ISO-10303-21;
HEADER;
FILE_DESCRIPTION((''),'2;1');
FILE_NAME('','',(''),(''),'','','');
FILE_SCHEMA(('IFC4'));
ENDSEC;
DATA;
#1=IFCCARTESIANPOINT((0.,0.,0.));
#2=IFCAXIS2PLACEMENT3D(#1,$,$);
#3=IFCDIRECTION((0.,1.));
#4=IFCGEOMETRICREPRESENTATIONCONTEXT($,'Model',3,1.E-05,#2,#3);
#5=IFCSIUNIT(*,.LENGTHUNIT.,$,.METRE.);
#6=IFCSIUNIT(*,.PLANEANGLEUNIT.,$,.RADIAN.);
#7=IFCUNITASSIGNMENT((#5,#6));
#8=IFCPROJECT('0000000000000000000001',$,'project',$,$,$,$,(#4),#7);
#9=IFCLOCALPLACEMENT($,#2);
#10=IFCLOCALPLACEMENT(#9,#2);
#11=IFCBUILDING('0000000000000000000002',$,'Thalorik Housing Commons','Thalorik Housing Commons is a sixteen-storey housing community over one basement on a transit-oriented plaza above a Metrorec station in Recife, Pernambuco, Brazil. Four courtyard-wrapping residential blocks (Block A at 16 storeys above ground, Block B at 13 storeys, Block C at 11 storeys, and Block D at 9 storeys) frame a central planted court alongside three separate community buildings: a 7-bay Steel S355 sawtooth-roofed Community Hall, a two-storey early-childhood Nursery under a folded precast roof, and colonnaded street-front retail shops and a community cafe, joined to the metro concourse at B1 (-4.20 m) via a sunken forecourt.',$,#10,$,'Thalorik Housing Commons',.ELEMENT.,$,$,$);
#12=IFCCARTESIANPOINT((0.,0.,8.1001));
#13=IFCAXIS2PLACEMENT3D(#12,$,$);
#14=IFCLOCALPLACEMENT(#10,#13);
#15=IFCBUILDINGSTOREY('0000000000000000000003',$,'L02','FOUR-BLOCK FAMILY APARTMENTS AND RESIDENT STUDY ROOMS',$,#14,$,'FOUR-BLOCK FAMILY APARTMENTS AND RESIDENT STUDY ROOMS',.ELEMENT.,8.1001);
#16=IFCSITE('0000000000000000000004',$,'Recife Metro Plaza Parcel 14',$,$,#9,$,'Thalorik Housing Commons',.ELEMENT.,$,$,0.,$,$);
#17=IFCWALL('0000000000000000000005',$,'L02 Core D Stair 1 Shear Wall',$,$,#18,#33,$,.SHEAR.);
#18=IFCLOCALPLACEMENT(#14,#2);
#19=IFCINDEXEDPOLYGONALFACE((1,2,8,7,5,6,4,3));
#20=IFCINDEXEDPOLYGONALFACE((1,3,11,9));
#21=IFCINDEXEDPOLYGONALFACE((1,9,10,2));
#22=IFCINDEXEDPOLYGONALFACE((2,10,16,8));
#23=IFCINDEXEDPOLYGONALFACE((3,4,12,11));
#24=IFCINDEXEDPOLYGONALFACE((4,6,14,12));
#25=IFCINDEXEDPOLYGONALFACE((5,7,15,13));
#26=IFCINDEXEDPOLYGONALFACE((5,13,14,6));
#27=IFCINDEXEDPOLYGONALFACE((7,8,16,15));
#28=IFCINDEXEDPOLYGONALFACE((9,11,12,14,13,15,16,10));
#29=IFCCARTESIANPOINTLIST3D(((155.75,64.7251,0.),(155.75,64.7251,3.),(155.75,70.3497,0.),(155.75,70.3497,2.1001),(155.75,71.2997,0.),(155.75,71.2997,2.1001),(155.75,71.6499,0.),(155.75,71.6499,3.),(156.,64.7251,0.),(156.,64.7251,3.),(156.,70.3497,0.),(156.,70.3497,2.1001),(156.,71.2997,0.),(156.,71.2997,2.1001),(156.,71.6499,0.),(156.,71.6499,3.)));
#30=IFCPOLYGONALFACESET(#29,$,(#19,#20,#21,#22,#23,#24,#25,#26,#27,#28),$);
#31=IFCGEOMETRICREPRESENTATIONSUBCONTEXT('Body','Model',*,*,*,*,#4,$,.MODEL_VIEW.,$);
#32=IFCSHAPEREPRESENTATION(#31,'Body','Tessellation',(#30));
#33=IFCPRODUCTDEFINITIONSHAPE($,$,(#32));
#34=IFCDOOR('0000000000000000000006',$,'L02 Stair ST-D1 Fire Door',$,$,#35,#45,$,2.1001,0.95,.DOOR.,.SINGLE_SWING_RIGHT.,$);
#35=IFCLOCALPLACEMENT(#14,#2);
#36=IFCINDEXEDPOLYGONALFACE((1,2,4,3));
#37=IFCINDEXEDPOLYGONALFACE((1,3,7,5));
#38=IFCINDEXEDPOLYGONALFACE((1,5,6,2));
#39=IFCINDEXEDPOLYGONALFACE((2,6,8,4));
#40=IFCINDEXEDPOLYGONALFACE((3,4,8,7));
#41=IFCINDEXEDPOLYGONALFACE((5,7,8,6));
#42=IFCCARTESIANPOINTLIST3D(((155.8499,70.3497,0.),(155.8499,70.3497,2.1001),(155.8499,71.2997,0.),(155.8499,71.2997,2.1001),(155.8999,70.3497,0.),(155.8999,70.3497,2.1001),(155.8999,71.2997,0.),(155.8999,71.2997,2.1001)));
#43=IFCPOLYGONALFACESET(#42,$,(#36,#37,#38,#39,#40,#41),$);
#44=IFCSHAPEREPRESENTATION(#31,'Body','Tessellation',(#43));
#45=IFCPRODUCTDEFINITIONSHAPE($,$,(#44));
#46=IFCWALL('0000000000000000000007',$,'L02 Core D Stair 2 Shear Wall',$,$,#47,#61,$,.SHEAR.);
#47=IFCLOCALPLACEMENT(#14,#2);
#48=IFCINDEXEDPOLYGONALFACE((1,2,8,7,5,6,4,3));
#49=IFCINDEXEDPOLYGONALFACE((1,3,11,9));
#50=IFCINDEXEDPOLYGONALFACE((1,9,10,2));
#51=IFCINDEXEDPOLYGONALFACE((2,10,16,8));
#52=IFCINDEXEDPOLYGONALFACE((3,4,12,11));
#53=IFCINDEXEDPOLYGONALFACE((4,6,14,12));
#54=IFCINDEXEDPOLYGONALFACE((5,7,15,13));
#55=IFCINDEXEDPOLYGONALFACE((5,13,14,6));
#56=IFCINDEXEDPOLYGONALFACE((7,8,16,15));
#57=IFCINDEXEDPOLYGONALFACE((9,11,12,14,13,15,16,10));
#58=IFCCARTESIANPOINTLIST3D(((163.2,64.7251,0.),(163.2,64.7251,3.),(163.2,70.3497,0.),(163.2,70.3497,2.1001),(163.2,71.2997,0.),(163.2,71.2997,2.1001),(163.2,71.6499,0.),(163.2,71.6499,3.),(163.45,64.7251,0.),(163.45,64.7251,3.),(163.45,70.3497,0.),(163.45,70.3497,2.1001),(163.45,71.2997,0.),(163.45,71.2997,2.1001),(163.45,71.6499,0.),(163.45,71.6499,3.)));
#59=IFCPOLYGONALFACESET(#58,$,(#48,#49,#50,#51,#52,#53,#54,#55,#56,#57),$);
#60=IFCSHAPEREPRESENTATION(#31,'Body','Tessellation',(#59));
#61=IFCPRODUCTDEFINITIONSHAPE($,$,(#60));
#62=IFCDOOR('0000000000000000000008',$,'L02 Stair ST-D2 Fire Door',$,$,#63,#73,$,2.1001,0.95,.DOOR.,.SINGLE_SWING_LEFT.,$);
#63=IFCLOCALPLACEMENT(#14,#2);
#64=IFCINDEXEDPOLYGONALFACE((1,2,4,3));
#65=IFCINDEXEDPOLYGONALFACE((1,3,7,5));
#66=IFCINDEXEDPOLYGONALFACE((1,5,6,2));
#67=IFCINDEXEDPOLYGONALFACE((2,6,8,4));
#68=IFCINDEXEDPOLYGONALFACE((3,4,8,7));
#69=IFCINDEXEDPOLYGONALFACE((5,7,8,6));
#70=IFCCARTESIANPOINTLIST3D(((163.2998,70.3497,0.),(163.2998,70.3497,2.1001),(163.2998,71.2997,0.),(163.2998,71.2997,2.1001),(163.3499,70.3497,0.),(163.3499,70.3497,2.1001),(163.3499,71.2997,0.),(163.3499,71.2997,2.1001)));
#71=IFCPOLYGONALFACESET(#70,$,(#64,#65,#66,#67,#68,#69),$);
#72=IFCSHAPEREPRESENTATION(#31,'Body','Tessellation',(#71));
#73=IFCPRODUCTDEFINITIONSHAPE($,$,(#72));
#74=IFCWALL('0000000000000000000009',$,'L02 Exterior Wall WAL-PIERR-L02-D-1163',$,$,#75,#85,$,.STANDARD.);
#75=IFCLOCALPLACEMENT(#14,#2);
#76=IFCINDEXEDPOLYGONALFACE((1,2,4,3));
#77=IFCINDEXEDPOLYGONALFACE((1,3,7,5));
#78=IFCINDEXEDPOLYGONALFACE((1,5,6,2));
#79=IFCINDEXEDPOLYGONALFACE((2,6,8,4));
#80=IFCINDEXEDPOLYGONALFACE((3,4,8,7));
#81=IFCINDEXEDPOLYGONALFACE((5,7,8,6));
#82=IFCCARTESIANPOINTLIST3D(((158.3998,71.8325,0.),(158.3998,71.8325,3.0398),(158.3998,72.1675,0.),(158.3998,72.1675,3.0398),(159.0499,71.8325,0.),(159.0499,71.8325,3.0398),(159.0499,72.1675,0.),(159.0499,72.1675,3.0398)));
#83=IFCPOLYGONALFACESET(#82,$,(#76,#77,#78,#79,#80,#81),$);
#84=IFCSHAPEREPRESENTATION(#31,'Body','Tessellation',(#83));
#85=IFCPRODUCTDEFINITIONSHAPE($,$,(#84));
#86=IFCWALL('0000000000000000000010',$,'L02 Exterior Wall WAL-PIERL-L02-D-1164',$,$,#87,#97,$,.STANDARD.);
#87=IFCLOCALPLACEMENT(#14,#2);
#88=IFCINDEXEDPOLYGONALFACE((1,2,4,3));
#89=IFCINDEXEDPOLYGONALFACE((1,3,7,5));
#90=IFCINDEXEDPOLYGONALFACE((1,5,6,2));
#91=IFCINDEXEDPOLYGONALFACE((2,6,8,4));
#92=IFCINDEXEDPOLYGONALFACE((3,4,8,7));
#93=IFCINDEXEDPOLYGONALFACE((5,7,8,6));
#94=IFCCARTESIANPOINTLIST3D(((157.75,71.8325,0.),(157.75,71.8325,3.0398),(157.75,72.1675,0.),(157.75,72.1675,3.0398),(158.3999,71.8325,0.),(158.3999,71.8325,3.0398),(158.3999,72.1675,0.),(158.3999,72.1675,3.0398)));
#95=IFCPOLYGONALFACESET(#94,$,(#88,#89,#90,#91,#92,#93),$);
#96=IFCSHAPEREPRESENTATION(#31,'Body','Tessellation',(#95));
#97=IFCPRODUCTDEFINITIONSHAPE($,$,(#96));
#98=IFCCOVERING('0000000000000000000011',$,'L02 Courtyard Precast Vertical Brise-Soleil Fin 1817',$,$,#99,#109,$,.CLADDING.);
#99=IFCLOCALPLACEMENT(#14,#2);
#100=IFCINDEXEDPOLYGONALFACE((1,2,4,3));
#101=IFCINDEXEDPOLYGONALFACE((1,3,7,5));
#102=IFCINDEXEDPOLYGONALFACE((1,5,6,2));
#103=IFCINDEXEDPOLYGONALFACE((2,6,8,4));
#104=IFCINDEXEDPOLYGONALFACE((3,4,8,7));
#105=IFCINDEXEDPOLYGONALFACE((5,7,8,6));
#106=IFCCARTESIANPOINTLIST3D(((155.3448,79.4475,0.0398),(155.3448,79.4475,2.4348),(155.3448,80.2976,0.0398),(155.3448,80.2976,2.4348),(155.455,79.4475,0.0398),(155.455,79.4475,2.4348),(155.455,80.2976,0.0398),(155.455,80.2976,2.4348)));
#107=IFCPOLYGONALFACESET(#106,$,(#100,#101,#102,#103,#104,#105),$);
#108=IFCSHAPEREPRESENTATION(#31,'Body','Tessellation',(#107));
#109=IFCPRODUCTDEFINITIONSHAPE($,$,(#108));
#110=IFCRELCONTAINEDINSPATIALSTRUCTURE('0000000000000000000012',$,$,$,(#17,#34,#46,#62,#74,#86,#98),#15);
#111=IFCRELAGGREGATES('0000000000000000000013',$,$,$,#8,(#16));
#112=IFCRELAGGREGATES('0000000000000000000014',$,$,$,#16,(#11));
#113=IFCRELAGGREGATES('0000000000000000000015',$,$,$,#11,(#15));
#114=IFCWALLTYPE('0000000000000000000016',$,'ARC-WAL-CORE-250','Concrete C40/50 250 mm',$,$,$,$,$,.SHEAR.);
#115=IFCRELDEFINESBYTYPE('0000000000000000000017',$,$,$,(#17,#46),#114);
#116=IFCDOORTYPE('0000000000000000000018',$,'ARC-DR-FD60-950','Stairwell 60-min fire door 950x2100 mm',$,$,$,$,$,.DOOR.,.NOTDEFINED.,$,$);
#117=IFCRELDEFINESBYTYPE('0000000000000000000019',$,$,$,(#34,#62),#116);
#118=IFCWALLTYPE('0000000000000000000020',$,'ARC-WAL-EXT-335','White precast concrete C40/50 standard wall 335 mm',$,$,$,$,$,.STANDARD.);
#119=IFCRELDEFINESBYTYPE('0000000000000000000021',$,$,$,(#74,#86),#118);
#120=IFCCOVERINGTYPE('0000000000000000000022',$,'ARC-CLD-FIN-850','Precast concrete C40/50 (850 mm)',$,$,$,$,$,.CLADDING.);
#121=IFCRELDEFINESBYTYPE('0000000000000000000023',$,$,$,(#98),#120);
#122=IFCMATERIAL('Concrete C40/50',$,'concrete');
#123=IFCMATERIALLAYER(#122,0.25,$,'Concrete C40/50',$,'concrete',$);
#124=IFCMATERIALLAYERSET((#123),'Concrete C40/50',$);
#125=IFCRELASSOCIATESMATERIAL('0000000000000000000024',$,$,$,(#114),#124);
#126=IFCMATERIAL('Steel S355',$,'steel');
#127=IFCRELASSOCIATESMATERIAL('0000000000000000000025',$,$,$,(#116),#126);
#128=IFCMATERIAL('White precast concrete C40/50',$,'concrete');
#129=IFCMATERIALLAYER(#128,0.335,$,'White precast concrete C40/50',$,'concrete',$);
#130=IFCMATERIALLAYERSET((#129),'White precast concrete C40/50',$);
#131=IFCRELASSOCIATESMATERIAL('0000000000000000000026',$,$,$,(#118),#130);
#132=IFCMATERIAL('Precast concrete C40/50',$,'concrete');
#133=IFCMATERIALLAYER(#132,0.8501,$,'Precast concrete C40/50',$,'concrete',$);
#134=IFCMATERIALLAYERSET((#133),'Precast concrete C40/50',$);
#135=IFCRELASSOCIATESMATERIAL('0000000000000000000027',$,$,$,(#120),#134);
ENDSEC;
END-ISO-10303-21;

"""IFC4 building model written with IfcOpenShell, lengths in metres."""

from ifc_helpers import new_model, si_unit, direction, frame, frame_2d, origin, origin_2d, place, context, subcontext, project, spatial, rectangle, extrude, material, layer, layer_set, type_object, element, fill, save


model = new_model("IFC4")

# Units and contexts
model_context = context("Model", 3, precision=1e-05, world=origin(), true_north=direction((0.0, 1.0)))
body_context = subcontext(model_context, "Body", "Model", "MODEL_VIEW")
ifc_project = project(units=[si_unit("LENGTHUNIT", "METRE"), si_unit("PLANEANGLEUNIT", "RADIAN")], contexts=[model_context])

# Site, building, storey
site_placement = place(None, origin())
site = spatial("IfcSite", under=ifc_project, at=site_placement, Name="Recife Metro Plaza Parcel 14", LongName="Thalorik Housing Commons", CompositionType="ELEMENT", RefElevation=0.0)
building_placement = place(site_placement, origin())
building = spatial("IfcBuilding", under=site, at=building_placement, Name="Thalorik Housing Commons", Description="Thalorik Housing Commons is a sixteen-storey housing community over one basement on a transit-oriented plaza above a Metrorec station in Recife, Pernambuco, Brazil. Four courtyard-wrapping residential blocks (Block A at 16 storeys above ground, Block B at 13 storeys, Block C at 11 storeys, and Block D at 9 storeys) frame a central planted court alongside three separate community buildings: a 7-bay Steel S355 sawtooth-roofed Community Hall, a two-storey early-childhood Nursery under a folded precast roof, and colonnaded street-front retail shops and a community cafe, joined to the metro concourse at B1 (-4.20 m) via a sunken forecourt.", LongName="Thalorik Housing Commons", CompositionType="ELEMENT")
storey_placement = place(building_placement, frame((0.0, 0.0, 8.1001)))
storey = spatial("IfcBuildingStorey", under=building, at=storey_placement, Name="L02", Description="FOUR-BLOCK FAMILY APARTMENTS AND RESIDENT STUDY ROOMS", LongName="FOUR-BLOCK FAMILY APARTMENTS AND RESIDENT STUDY ROOMS", CompositionType="ELEMENT", Elevation=8.1001)

# Shared definitions
ifc_material_1 = material(Name="Precast concrete C40/50", Category="concrete")

# Walls, openings, doors
ifc_material_2 = material(Name="Concrete C40/50", Category="concrete")
ifc_layer_1 = layer(ifc_material_2, 0.25, Name="Concrete C40/50", Category="concrete")
ifc_layer_set_1 = layer_set([ifc_layer_1], Name="Concrete C40/50")
wall_type_1 = type_object("IfcWallType", Name="ARC-WAL-CORE-250", Description="Concrete C40/50 250 mm", PredefinedType="SHEAR", material=ifc_layer_set_1)
wall_1_placement = place(storey_placement, frame((155.875, 71.6499, 0.0), z_axis=(0.0, 0.0, 1.0), x_axis=(0.0, -1.0, 0.0)))
wall_1 = element("IfcWall", 1, at=wall_1_placement, inside=storey, type_object=wall_type_1, Name="L02 Core D Stair 1 Shear Wall", PredefinedType="SHEAR", context=body_context, shape_type="SweptSolid", body=[
    extrude(rectangle(XDim=6.9248, YDim=0.25, at=frame_2d((3.4624, 0.0))), origin(), (0.0, 0.0, 1.0), 3.0),
])
opening_1_placement = place(wall_1_placement, frame((0.3501, 0.0, 0.0)))
opening_1 = element("IfcOpeningElement", 2, at=opening_1_placement, cuts=wall_1, PredefinedType="OPENING", context=body_context, shape_type="SweptSolid", body=[
    extrude(rectangle(XDim=0.95, YDim=2.1001, at=frame_2d((0.4751, 1.05))), frame((0.0, 0.135, 0.0), z_axis=(0.0, -1.0, 0.0), x_axis=(1.0, 0.0, 0.0)), (0.0, 0.0, 1.0), 0.27),
])
ifc_material_3 = material(Name="Steel S355", Category="steel")
door_type = type_object("IfcDoorType", Name="ARC-DR-FD60-950", Description="Stairwell 60-min fire door 950x2100 mm", OperationType="NOTDEFINED", PredefinedType="DOOR", material=ifc_material_3)
door_1_placement = place(opening_1_placement, origin())
door_1 = element("IfcDoor", 3, at=door_1_placement, inside=storey, type_object=door_type, Name="L02 Stair ST-D1 Fire Door", OperationType="SINGLE_SWING_RIGHT", OverallHeight=2.1001, OverallWidth=0.95, PredefinedType="DOOR", context=body_context, shape_type="SweptSolid", body=[
    extrude(rectangle(XDim=0.95, YDim=2.1001, at=frame_2d((0.4751, 1.05))), frame((0.0, 0.0249, 0.0), z_axis=(0.0, -1.0, 0.0), x_axis=(1.0, 0.0, 0.0)), (0.0, 0.0, 1.0), 0.05),
])
fill(opening_1, door_1)
wall_2_placement = place(storey_placement, frame((163.325, 71.6499, 0.0), z_axis=(0.0, 0.0, 1.0), x_axis=(0.0, -1.0, 0.0)))
wall_2 = element("IfcWall", 4, at=wall_2_placement, inside=storey, type_object=wall_type_1, Name="L02 Core D Stair 2 Shear Wall", PredefinedType="SHEAR", context=body_context, shape_type="SweptSolid", body=[
    extrude(rectangle(XDim=6.9248, YDim=0.25, at=frame_2d((3.4624, 0.0))), origin(), (0.0, 0.0, 1.0), 3.0),
])
opening_2_placement = place(wall_2_placement, frame((0.3501, 0.0, 0.0)))
opening_2 = element("IfcOpeningElement", 5, at=opening_2_placement, cuts=wall_2, PredefinedType="OPENING", context=body_context, shape_type="SweptSolid", body=[
    extrude(rectangle(XDim=0.95, YDim=2.1001, at=frame_2d((0.4751, 1.05))), frame((0.0, 0.135, 0.0), z_axis=(0.0, -1.0, 0.0), x_axis=(1.0, 0.0, 0.0)), (0.0, 0.0, 1.0), 0.27),
])
door_2_placement = place(opening_2_placement, origin())
door_2 = element("IfcDoor", 6, at=door_2_placement, inside=storey, type_object=door_type, Name="L02 Stair ST-D2 Fire Door", OperationType="SINGLE_SWING_LEFT", OverallHeight=2.1001, OverallWidth=0.95, PredefinedType="DOOR", context=body_context, shape_type="SweptSolid", body=[
    extrude(rectangle(XDim=0.95, YDim=2.1001, at=frame_2d((0.4751, 1.05))), frame((0.0, 0.0249, 0.0), z_axis=(0.0, -1.0, 0.0), x_axis=(1.0, 0.0, 0.0)), (0.0, 0.0, 1.0), 0.05),
])
fill(opening_2, door_2)

# Walls
ifc_material_4 = material(Name="White precast concrete C40/50", Category="concrete")
ifc_layer_2 = layer(ifc_material_4, 0.335, Name="White precast concrete C40/50", Category="concrete")
ifc_layer_set_2 = layer_set([ifc_layer_2], Name="White precast concrete C40/50")
wall_type_2 = type_object("IfcWallType", Name="ARC-WAL-EXT-335", Description="White precast concrete C40/50 standard wall 335 mm", PredefinedType="STANDARD", material=ifc_layer_set_2)
wall_3_placement = place(storey_placement, frame((159.05, 72.0, 0.0), z_axis=(0.0, 0.0, 1.0), x_axis=(-1.0, 0.0, 0.0)))
element("IfcWall", 7, at=wall_3_placement, inside=storey, type_object=wall_type_2, Name="L02 Exterior Wall WAL-PIERR-L02-D-1163", PredefinedType="STANDARD", context=body_context, shape_type="SweptSolid", body=[
    extrude(rectangle(XDim=0.6501, YDim=0.335, at=frame_2d((0.3252, 0.0))), origin(), (0.0, 0.0, 1.0), 3.0398),
])
wall_4_placement = place(storey_placement, frame((158.3999, 72.0, 0.0), z_axis=(0.0, 0.0, 1.0), x_axis=(-1.0, 0.0, 0.0)))
element("IfcWall", 8, at=wall_4_placement, inside=storey, type_object=wall_type_2, Name="L02 Exterior Wall WAL-PIERL-L02-D-1164", PredefinedType="STANDARD", context=body_context, shape_type="SweptSolid", body=[
    extrude(rectangle(XDim=0.6499, YDim=0.335, at=frame_2d((0.325, 0.0))), origin(), (0.0, 0.0, 1.0), 3.0398),
])

# Covering
ifc_layer_3 = layer(ifc_material_1, 0.8501, Name="Precast concrete C40/50", Category="concrete")
ifc_layer_set_3 = layer_set([ifc_layer_3], Name="Precast concrete C40/50")
covering_type = type_object("IfcCoveringType", Name="ARC-CLD-FIN-850", Description="Precast concrete C40/50 (850 mm)", PredefinedType="CLADDING", material=ifc_layer_set_3)
covering_placement = place(storey_placement, frame((155.3999, 79.8726, 0.0398), z_axis=(0.0, 0.0, 1.0), x_axis=(1.0, 0.0, 0.0)))
element("IfcCovering", 9, at=covering_placement, inside=storey, type_object=covering_type, Name="L02 Courtyard Precast Vertical Brise-Soleil Fin 1817", PredefinedType="CLADDING", context=body_context, shape_type="SweptSolid", body=[
    extrude(rectangle(XDim=0.1101, YDim=0.8501, at=origin_2d()), origin(), (0.0, 0.0, 1.0), 2.395),
])

save(model, "model.ifc")
